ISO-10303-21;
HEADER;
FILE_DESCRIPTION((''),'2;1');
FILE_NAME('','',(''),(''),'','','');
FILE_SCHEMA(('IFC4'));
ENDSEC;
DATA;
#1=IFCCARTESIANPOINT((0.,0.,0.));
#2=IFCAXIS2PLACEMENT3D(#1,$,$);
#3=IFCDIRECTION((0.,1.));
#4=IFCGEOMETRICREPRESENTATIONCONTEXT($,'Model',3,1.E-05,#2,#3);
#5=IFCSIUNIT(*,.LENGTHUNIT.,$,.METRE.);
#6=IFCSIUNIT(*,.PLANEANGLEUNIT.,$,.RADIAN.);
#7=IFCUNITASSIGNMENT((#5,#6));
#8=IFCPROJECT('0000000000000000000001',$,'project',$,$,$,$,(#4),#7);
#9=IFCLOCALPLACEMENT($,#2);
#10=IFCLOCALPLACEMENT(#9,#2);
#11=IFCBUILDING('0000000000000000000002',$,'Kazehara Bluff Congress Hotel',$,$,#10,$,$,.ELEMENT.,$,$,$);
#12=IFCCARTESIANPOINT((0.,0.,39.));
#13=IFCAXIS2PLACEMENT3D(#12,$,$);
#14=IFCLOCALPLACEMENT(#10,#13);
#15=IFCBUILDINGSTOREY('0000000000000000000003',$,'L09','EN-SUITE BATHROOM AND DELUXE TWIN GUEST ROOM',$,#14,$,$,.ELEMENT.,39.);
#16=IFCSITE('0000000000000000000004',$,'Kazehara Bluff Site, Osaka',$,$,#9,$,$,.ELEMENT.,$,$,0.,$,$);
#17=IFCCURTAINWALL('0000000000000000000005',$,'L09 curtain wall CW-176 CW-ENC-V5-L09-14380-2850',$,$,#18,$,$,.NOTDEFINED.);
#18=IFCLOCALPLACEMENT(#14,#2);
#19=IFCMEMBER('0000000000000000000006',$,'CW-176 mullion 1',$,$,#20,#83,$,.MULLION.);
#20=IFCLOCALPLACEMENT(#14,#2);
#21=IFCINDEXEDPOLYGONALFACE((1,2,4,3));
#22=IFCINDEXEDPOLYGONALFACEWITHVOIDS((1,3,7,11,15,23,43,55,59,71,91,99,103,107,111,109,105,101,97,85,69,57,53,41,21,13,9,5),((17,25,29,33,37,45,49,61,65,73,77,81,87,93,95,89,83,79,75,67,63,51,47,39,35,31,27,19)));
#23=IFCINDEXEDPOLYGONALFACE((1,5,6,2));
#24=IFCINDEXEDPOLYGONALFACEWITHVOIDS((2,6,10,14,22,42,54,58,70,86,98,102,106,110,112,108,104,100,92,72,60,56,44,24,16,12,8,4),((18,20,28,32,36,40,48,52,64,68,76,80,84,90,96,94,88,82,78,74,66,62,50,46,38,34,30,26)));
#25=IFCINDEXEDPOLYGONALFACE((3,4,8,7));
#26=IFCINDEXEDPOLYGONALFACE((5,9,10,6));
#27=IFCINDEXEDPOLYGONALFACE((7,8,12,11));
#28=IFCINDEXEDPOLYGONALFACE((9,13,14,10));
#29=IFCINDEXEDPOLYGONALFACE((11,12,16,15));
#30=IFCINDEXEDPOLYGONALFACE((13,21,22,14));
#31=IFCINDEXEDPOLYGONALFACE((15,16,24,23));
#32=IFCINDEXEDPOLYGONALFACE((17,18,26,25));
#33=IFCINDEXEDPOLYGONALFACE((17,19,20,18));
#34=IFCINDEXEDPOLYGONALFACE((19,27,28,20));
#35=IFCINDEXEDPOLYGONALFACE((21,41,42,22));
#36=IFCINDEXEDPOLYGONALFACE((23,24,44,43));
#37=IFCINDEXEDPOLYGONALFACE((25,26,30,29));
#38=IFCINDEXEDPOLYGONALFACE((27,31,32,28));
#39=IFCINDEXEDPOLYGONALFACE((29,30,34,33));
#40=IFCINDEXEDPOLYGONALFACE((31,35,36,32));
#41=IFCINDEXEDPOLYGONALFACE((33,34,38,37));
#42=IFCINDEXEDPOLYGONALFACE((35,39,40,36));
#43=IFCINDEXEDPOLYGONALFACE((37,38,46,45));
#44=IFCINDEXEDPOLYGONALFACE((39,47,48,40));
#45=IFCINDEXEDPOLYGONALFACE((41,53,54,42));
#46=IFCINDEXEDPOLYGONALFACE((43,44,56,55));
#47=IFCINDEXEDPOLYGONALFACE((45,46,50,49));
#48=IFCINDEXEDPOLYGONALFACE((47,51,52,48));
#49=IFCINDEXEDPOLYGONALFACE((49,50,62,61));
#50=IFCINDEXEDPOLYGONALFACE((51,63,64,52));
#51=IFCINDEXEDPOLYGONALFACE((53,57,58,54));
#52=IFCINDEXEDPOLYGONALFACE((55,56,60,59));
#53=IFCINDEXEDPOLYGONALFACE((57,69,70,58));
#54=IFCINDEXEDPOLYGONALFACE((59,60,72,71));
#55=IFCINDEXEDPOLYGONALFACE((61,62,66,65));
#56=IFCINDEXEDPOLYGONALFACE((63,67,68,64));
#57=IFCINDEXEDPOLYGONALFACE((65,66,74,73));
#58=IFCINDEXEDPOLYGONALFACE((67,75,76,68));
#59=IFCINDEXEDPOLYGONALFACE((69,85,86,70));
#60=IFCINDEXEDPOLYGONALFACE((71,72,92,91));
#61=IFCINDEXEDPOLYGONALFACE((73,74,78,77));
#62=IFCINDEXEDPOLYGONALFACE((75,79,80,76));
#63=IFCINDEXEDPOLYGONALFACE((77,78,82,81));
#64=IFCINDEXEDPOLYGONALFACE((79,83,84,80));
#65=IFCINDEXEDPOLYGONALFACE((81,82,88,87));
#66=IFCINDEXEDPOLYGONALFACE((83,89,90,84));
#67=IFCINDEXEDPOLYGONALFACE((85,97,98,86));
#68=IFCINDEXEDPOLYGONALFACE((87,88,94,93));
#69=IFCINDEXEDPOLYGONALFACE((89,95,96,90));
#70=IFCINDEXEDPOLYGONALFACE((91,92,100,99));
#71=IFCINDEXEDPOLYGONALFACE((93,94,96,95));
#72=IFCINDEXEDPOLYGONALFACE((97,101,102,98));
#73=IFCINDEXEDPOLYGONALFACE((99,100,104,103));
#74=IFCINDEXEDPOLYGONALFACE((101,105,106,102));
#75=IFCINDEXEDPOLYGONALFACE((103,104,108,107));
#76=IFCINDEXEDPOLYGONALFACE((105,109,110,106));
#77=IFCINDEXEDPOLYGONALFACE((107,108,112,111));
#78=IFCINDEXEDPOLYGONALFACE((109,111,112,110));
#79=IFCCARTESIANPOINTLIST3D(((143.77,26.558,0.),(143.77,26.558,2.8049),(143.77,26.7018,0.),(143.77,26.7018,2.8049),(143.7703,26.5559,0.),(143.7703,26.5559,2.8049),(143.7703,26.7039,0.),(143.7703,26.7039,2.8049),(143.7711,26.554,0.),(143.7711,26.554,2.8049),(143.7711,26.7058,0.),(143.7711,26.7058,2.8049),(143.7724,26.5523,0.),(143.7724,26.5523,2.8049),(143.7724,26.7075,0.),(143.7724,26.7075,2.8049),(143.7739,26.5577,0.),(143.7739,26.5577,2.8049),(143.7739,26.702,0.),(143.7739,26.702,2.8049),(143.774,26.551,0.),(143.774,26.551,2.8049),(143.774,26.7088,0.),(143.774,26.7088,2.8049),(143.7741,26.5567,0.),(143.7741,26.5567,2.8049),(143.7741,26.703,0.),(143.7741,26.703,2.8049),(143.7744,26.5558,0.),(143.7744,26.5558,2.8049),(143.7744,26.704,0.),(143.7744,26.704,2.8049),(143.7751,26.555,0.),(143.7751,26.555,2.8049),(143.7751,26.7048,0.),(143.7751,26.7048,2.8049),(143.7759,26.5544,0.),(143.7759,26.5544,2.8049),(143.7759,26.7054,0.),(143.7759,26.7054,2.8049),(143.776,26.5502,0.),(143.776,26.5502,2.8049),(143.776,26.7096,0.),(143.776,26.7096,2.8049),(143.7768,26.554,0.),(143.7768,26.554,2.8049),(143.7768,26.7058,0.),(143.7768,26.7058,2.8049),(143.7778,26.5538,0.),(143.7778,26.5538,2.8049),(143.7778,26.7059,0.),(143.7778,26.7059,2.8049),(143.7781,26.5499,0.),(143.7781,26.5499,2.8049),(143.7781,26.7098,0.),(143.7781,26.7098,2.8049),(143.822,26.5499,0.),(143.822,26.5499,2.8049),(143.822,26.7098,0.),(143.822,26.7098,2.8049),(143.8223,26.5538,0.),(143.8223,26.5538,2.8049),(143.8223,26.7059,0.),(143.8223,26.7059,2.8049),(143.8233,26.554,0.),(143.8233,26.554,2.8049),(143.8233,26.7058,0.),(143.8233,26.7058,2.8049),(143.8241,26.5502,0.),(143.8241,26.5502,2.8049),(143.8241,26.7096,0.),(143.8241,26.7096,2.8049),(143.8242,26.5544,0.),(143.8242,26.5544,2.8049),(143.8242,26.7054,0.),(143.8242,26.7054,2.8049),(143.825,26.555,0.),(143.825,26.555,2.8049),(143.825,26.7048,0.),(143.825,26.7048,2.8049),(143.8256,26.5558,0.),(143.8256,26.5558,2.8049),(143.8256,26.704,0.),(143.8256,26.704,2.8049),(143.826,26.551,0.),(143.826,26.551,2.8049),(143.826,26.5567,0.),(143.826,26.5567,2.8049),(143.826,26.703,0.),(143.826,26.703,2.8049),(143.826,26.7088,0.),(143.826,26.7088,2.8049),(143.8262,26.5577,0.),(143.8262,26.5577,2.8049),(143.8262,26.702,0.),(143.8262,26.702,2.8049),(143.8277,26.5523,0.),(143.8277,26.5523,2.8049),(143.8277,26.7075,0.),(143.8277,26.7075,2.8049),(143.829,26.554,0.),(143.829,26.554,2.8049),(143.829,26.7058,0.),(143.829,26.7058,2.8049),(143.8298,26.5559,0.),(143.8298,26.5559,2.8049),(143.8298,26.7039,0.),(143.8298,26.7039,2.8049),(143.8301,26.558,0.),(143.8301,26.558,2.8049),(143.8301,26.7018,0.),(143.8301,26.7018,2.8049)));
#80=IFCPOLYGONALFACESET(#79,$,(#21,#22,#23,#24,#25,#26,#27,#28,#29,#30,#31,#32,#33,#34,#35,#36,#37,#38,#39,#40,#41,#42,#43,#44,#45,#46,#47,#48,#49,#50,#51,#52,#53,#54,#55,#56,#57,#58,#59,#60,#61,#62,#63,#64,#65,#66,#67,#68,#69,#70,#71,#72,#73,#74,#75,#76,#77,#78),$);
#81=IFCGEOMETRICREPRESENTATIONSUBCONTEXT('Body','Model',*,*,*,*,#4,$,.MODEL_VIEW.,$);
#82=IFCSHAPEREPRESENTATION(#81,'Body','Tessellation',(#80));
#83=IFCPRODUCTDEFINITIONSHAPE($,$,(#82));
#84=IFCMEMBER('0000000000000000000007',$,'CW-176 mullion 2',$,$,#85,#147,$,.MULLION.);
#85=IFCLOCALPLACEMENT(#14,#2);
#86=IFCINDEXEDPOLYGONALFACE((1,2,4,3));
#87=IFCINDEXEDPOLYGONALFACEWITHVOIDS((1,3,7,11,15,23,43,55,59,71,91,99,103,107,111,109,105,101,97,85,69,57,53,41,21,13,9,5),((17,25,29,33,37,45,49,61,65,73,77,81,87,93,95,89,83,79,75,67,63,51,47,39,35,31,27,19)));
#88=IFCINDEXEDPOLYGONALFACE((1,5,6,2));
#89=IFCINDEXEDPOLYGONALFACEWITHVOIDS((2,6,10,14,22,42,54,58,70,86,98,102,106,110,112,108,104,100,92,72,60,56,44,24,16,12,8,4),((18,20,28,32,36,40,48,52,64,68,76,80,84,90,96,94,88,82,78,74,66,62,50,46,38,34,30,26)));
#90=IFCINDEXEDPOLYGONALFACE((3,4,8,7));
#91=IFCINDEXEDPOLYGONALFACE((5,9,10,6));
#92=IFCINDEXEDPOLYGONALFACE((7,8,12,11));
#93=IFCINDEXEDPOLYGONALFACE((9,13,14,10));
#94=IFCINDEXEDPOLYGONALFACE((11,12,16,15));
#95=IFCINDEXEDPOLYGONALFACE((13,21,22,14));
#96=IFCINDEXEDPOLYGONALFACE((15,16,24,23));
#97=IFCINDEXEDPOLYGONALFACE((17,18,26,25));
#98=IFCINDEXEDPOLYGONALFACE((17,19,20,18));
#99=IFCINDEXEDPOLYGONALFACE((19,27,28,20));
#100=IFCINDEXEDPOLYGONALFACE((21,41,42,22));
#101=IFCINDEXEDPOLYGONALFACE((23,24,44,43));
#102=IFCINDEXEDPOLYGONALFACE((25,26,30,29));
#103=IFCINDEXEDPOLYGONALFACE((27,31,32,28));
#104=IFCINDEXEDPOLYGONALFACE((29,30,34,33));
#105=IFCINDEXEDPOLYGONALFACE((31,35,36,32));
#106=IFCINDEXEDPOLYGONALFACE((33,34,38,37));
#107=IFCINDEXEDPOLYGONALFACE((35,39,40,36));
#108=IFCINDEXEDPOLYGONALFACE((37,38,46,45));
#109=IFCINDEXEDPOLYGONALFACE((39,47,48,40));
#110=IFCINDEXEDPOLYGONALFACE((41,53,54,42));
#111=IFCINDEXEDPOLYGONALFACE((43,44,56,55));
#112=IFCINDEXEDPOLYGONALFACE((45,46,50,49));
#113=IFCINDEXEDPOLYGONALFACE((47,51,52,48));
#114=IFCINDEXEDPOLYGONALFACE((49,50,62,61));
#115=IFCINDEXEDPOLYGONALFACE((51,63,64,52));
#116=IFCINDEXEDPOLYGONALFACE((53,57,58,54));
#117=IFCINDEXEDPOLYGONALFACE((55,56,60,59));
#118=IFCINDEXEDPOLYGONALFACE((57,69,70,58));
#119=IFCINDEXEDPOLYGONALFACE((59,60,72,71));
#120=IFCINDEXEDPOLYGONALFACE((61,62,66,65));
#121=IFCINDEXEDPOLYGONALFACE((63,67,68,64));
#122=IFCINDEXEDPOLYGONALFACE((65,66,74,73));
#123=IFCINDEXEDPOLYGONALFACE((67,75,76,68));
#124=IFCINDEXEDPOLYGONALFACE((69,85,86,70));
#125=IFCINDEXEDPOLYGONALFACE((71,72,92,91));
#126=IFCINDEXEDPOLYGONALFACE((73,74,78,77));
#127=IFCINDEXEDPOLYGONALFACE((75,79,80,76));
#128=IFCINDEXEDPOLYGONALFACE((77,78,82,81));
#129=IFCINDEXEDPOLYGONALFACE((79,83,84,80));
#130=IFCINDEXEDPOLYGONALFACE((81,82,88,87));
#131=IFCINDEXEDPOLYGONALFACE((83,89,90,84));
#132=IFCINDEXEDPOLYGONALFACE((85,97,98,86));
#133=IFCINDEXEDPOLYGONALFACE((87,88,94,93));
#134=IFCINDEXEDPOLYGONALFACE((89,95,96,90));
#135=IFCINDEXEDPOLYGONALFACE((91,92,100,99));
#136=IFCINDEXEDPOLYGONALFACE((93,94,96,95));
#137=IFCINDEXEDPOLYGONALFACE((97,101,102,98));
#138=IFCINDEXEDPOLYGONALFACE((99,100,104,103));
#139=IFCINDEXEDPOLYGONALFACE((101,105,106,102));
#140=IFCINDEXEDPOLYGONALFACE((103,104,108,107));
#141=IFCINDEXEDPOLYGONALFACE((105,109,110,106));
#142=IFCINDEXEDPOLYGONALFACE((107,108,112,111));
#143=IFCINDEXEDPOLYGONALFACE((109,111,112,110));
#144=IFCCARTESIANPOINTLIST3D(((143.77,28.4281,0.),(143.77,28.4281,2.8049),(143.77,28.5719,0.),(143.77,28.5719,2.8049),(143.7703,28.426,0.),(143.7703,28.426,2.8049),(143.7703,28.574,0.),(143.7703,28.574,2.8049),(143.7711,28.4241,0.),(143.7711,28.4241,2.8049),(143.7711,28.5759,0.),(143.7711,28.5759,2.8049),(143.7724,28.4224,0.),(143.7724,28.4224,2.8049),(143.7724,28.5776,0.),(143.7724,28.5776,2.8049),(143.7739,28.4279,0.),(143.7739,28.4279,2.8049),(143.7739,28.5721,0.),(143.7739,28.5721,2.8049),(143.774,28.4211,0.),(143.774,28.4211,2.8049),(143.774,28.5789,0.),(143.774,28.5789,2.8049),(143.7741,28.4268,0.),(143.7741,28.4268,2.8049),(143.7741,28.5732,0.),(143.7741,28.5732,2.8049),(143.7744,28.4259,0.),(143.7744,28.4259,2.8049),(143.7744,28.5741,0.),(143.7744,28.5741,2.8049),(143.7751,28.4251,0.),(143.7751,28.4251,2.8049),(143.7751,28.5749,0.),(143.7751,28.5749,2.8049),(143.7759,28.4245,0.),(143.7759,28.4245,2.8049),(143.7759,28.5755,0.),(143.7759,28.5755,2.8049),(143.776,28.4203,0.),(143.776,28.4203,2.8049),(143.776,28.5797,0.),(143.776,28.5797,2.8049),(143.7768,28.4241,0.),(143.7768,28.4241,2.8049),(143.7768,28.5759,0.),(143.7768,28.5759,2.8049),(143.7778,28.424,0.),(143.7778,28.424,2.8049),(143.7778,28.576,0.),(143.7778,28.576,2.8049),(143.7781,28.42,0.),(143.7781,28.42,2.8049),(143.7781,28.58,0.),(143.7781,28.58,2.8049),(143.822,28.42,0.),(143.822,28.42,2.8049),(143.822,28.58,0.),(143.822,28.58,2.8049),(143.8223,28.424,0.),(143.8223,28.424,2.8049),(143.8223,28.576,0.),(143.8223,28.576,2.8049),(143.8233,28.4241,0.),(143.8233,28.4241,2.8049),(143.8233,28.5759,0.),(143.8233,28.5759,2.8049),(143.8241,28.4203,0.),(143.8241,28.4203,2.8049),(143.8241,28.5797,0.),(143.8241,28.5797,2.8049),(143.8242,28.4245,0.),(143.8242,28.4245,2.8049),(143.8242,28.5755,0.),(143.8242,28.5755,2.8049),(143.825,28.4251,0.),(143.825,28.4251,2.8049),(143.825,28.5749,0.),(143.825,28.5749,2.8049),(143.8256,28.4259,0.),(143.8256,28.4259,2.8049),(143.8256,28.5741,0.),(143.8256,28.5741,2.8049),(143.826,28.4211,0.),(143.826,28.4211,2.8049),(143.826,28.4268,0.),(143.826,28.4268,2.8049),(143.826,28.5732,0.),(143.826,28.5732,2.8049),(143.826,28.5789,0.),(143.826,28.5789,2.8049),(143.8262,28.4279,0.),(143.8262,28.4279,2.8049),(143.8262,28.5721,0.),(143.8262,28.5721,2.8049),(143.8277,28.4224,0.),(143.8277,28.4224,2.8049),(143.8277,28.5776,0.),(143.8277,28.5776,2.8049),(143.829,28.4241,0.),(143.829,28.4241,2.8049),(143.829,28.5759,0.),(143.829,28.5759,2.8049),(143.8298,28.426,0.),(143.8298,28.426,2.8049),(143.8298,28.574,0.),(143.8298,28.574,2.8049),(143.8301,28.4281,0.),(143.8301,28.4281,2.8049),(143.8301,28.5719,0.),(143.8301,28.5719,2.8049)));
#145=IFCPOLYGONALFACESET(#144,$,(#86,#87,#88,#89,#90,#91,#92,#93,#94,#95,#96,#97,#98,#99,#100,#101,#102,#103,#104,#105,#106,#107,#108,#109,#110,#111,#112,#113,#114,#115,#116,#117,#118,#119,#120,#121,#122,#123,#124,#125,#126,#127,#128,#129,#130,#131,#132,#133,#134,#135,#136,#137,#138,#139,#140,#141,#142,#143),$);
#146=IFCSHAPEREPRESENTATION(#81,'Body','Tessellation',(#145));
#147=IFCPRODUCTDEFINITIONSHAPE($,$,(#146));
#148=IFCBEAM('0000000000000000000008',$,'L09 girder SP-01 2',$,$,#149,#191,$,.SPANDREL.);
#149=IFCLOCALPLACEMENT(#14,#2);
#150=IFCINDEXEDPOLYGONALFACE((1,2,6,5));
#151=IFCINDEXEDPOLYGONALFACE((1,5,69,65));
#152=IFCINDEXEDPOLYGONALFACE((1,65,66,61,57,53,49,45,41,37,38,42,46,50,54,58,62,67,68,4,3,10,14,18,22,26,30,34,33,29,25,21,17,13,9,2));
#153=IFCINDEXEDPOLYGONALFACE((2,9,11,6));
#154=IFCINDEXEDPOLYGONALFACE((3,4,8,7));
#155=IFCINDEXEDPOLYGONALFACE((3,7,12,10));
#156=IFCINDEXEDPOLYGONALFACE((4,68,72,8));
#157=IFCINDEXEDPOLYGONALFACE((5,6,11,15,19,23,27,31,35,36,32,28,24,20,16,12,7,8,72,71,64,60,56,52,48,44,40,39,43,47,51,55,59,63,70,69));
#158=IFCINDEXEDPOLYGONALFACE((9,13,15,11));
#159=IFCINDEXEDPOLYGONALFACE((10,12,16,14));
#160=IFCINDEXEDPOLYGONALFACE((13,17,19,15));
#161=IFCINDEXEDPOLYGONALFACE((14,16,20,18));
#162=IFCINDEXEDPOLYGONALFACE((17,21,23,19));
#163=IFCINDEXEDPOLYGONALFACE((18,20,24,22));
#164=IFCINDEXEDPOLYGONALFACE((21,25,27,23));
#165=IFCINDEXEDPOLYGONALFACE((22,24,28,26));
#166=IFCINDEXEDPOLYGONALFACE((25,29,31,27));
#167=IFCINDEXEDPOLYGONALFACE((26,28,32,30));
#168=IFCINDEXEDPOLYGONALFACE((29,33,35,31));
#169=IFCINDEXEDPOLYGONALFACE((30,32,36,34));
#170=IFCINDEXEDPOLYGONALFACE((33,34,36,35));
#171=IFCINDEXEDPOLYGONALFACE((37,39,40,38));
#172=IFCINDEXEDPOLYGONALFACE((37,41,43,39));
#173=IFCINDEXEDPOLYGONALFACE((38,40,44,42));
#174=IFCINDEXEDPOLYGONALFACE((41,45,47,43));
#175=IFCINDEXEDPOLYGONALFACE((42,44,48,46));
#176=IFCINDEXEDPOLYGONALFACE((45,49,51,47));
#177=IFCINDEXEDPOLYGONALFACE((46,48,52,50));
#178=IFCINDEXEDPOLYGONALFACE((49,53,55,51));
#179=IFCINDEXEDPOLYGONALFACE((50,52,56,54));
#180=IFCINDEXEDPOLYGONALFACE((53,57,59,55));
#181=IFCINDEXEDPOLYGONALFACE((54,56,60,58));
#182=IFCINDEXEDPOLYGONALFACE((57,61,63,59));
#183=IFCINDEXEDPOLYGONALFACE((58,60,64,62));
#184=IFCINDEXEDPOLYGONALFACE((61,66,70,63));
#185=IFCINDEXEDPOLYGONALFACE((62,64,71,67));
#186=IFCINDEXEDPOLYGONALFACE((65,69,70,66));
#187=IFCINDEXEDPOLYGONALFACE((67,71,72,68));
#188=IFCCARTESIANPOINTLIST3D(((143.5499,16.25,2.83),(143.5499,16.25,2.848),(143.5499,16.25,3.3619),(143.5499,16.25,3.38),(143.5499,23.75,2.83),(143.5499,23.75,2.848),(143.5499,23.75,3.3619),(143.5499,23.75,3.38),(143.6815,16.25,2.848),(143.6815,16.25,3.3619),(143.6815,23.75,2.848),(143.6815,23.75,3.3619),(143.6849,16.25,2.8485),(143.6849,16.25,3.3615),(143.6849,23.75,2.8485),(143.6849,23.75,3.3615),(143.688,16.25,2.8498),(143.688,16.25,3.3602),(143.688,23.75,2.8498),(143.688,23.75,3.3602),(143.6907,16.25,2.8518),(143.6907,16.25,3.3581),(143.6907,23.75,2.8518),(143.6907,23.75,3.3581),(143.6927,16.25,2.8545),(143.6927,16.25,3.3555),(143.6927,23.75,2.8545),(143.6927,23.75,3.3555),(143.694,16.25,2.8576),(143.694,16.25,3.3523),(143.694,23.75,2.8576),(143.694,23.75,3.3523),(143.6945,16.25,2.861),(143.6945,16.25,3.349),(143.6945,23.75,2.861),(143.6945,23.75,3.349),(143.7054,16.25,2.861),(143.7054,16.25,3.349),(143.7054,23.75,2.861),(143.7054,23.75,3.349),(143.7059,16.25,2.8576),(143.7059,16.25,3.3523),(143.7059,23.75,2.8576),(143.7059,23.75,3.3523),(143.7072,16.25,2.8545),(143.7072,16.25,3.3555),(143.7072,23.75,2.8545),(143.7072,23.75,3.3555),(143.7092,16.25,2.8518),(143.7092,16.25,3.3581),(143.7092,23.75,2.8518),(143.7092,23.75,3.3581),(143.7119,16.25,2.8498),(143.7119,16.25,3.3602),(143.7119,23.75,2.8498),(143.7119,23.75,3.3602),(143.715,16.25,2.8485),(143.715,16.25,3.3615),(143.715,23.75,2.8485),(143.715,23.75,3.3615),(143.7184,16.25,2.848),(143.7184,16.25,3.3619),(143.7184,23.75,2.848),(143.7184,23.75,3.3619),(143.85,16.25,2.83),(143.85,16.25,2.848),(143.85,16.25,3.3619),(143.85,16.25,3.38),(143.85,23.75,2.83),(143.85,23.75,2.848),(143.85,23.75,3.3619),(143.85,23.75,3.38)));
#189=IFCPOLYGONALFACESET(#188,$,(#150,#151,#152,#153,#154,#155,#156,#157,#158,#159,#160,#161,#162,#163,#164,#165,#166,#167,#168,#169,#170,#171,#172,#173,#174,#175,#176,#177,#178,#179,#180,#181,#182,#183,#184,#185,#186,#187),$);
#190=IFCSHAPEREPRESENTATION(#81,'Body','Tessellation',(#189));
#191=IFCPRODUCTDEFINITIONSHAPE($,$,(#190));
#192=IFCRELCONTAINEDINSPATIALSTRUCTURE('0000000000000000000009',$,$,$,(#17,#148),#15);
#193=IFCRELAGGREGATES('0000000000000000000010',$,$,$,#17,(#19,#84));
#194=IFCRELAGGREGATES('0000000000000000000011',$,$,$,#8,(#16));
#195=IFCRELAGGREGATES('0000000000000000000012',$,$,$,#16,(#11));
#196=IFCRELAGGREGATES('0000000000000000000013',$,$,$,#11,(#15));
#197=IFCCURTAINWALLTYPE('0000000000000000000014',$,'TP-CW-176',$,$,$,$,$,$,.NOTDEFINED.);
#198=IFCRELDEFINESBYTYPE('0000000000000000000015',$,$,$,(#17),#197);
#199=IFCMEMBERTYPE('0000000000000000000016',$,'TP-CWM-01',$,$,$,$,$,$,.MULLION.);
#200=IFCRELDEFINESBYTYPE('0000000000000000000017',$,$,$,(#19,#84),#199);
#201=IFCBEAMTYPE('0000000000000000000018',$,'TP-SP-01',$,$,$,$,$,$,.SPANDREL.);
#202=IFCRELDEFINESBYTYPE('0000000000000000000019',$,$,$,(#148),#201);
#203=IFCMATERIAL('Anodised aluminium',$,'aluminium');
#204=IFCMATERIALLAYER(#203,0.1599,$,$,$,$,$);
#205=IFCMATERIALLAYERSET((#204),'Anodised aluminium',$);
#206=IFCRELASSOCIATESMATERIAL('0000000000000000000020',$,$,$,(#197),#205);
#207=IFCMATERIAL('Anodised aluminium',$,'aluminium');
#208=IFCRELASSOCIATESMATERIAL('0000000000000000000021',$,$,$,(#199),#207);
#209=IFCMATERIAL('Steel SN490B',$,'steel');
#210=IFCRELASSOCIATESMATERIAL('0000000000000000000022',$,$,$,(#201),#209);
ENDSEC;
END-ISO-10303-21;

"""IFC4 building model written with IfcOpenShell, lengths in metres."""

from ifc_helpers import new_model, si_unit, direction, frame, origin, origin_2d, place, context, subcontext, project, spatial, hollow_rectangle, i_section, extrude, material, layer, layer_set, material_profile, profile_set, type_object, element, aggregate, save


model = new_model("IFC4")

# Units and contexts
model_context = context("Model", 3, precision=1e-05, world=origin(), true_north=direction((0.0, 1.0)))
body_context = subcontext(model_context, "Body", "Model", "MODEL_VIEW")
ifc_project = project(units=[si_unit("LENGTHUNIT", "METRE"), si_unit("PLANEANGLEUNIT", "RADIAN")], contexts=[model_context])

# Site, building, storey
site_placement = place(None, origin())
site = spatial("IfcSite", under=ifc_project, at=site_placement, Name="Kazehara Bluff Site, Osaka", CompositionType="ELEMENT", RefElevation=0.0)
building_placement = place(site_placement, origin())
building = spatial("IfcBuilding", under=site, at=building_placement, Name="Kazehara Bluff Congress Hotel", CompositionType="ELEMENT")
storey_placement = place(building_placement, frame((0.0, 0.0, 39.0)))
storey = spatial("IfcBuildingStorey", under=building, at=storey_placement, Name="L09", Description="EN-SUITE BATHROOM AND DELUXE TWIN GUEST ROOM", CompositionType="ELEMENT", Elevation=39.0)

# Curtain wall, members
ifc_material_1 = material(Name="Anodised aluminium", Category="aluminium")
ifc_layer_1 = layer(ifc_material_1, 0.1599)
ifc_layer_set_1 = layer_set([ifc_layer_1], Name="Anodised aluminium")
curtain_wall_type = type_object("IfcCurtainWallType", Name="TP-CW-176", PredefinedType="NOTDEFINED", material=ifc_layer_set_1)
curtain_wall_placement = place(storey_placement, origin())
curtain_wall = element("IfcCurtainWall", 1, at=curtain_wall_placement, inside=storey, type_object=curtain_wall_type, Name="L09 curtain wall CW-176 CW-ENC-V5-L09-14380-2850", PredefinedType="NOTDEFINED")
ifc_material_2 = material(Name="Anodised aluminium", Category="aluminium")
ifc_material_profile_1 = material_profile(ifc_material_2, hollow_rectangle(XDim=0.0601, YDim=0.1599, WallThickness=0.0039, InnerFilletRadius=0.0039, OuterFilletRadius=0.0081, at=origin_2d()))
ifc_profile_set_1 = profile_set([ifc_material_profile_1], Name="Anodised aluminium")
member_type = type_object("IfcMemberType", Name="TP-CWM-01", PredefinedType="MULLION", material=ifc_profile_set_1)
member_1_placement = place(storey_placement, frame((143.8, 26.6299, 0.0), z_axis=(0.0, 0.0, 1.0), x_axis=(-1.0, 0.0, 0.0)))
member_1 = element("IfcMember", 2, at=member_1_placement, type_object=member_type, Name="CW-176 mullion 1", PredefinedType="MULLION", context=body_context, shape_type="SweptSolid", body=[
    extrude(hollow_rectangle(XDim=0.0601, YDim=0.1599, WallThickness=0.0039, InnerFilletRadius=0.0039, OuterFilletRadius=0.0081, at=origin_2d()), origin(), (0.0, 0.0, 1.0), 2.8049),
])
member_2_placement = place(storey_placement, frame((143.8, 28.5, 0.0), z_axis=(0.0, 0.0, 1.0), x_axis=(-1.0, 0.0, 0.0)))
member_2 = element("IfcMember", 3, at=member_2_placement, type_object=member_type, Name="CW-176 mullion 2", PredefinedType="MULLION", context=body_context, shape_type="SweptSolid", body=[
    extrude(hollow_rectangle(XDim=0.0601, YDim=0.1599, WallThickness=0.0039, InnerFilletRadius=0.0039, OuterFilletRadius=0.0081, at=origin_2d()), origin(), (0.0, 0.0, 1.0), 2.8049),
])
aggregate(curtain_wall, [member_1, member_2])

# Beam
ifc_material_3 = material(Name="Steel SN490B", Category="steel")
ifc_material_profile_2 = material_profile(ifc_material_3, i_section(OverallWidth=0.3, OverallDepth=0.55, WebThickness=0.011, FlangeThickness=0.0181, FilletRadius=0.0129, at=origin_2d()))
ifc_profile_set_2 = profile_set([ifc_material_profile_2], Name="Steel SN490B")
beam_type_1 = type_object("IfcBeamType", Name="TP-SP-01", PredefinedType="SPANDREL", material=ifc_profile_set_2)
for number, where, z_axis, x_axis, name in (
    (4, (143.7, 16.25, 3.105), (0.0, 1.0, 0.0), (-1.0, 0.0, 0.0), "L09 girder SP-01 2"),
):
    element("IfcBeam", number, at=place(storey_placement, frame(where, z_axis=z_axis, x_axis=x_axis)), inside=storey, type_object=beam_type_1, Name=name, PredefinedType="SPANDREL", context=body_context, shape_type="SweptSolid", body=[
        extrude(i_section(OverallWidth=0.3, OverallDepth=0.55, WebThickness=0.011, FlangeThickness=0.0181, FilletRadius=0.0129, at=origin_2d()), origin(), (0.0, 0.0, 1.0), 7.5),
    ])

save(model, "model.ifc")
